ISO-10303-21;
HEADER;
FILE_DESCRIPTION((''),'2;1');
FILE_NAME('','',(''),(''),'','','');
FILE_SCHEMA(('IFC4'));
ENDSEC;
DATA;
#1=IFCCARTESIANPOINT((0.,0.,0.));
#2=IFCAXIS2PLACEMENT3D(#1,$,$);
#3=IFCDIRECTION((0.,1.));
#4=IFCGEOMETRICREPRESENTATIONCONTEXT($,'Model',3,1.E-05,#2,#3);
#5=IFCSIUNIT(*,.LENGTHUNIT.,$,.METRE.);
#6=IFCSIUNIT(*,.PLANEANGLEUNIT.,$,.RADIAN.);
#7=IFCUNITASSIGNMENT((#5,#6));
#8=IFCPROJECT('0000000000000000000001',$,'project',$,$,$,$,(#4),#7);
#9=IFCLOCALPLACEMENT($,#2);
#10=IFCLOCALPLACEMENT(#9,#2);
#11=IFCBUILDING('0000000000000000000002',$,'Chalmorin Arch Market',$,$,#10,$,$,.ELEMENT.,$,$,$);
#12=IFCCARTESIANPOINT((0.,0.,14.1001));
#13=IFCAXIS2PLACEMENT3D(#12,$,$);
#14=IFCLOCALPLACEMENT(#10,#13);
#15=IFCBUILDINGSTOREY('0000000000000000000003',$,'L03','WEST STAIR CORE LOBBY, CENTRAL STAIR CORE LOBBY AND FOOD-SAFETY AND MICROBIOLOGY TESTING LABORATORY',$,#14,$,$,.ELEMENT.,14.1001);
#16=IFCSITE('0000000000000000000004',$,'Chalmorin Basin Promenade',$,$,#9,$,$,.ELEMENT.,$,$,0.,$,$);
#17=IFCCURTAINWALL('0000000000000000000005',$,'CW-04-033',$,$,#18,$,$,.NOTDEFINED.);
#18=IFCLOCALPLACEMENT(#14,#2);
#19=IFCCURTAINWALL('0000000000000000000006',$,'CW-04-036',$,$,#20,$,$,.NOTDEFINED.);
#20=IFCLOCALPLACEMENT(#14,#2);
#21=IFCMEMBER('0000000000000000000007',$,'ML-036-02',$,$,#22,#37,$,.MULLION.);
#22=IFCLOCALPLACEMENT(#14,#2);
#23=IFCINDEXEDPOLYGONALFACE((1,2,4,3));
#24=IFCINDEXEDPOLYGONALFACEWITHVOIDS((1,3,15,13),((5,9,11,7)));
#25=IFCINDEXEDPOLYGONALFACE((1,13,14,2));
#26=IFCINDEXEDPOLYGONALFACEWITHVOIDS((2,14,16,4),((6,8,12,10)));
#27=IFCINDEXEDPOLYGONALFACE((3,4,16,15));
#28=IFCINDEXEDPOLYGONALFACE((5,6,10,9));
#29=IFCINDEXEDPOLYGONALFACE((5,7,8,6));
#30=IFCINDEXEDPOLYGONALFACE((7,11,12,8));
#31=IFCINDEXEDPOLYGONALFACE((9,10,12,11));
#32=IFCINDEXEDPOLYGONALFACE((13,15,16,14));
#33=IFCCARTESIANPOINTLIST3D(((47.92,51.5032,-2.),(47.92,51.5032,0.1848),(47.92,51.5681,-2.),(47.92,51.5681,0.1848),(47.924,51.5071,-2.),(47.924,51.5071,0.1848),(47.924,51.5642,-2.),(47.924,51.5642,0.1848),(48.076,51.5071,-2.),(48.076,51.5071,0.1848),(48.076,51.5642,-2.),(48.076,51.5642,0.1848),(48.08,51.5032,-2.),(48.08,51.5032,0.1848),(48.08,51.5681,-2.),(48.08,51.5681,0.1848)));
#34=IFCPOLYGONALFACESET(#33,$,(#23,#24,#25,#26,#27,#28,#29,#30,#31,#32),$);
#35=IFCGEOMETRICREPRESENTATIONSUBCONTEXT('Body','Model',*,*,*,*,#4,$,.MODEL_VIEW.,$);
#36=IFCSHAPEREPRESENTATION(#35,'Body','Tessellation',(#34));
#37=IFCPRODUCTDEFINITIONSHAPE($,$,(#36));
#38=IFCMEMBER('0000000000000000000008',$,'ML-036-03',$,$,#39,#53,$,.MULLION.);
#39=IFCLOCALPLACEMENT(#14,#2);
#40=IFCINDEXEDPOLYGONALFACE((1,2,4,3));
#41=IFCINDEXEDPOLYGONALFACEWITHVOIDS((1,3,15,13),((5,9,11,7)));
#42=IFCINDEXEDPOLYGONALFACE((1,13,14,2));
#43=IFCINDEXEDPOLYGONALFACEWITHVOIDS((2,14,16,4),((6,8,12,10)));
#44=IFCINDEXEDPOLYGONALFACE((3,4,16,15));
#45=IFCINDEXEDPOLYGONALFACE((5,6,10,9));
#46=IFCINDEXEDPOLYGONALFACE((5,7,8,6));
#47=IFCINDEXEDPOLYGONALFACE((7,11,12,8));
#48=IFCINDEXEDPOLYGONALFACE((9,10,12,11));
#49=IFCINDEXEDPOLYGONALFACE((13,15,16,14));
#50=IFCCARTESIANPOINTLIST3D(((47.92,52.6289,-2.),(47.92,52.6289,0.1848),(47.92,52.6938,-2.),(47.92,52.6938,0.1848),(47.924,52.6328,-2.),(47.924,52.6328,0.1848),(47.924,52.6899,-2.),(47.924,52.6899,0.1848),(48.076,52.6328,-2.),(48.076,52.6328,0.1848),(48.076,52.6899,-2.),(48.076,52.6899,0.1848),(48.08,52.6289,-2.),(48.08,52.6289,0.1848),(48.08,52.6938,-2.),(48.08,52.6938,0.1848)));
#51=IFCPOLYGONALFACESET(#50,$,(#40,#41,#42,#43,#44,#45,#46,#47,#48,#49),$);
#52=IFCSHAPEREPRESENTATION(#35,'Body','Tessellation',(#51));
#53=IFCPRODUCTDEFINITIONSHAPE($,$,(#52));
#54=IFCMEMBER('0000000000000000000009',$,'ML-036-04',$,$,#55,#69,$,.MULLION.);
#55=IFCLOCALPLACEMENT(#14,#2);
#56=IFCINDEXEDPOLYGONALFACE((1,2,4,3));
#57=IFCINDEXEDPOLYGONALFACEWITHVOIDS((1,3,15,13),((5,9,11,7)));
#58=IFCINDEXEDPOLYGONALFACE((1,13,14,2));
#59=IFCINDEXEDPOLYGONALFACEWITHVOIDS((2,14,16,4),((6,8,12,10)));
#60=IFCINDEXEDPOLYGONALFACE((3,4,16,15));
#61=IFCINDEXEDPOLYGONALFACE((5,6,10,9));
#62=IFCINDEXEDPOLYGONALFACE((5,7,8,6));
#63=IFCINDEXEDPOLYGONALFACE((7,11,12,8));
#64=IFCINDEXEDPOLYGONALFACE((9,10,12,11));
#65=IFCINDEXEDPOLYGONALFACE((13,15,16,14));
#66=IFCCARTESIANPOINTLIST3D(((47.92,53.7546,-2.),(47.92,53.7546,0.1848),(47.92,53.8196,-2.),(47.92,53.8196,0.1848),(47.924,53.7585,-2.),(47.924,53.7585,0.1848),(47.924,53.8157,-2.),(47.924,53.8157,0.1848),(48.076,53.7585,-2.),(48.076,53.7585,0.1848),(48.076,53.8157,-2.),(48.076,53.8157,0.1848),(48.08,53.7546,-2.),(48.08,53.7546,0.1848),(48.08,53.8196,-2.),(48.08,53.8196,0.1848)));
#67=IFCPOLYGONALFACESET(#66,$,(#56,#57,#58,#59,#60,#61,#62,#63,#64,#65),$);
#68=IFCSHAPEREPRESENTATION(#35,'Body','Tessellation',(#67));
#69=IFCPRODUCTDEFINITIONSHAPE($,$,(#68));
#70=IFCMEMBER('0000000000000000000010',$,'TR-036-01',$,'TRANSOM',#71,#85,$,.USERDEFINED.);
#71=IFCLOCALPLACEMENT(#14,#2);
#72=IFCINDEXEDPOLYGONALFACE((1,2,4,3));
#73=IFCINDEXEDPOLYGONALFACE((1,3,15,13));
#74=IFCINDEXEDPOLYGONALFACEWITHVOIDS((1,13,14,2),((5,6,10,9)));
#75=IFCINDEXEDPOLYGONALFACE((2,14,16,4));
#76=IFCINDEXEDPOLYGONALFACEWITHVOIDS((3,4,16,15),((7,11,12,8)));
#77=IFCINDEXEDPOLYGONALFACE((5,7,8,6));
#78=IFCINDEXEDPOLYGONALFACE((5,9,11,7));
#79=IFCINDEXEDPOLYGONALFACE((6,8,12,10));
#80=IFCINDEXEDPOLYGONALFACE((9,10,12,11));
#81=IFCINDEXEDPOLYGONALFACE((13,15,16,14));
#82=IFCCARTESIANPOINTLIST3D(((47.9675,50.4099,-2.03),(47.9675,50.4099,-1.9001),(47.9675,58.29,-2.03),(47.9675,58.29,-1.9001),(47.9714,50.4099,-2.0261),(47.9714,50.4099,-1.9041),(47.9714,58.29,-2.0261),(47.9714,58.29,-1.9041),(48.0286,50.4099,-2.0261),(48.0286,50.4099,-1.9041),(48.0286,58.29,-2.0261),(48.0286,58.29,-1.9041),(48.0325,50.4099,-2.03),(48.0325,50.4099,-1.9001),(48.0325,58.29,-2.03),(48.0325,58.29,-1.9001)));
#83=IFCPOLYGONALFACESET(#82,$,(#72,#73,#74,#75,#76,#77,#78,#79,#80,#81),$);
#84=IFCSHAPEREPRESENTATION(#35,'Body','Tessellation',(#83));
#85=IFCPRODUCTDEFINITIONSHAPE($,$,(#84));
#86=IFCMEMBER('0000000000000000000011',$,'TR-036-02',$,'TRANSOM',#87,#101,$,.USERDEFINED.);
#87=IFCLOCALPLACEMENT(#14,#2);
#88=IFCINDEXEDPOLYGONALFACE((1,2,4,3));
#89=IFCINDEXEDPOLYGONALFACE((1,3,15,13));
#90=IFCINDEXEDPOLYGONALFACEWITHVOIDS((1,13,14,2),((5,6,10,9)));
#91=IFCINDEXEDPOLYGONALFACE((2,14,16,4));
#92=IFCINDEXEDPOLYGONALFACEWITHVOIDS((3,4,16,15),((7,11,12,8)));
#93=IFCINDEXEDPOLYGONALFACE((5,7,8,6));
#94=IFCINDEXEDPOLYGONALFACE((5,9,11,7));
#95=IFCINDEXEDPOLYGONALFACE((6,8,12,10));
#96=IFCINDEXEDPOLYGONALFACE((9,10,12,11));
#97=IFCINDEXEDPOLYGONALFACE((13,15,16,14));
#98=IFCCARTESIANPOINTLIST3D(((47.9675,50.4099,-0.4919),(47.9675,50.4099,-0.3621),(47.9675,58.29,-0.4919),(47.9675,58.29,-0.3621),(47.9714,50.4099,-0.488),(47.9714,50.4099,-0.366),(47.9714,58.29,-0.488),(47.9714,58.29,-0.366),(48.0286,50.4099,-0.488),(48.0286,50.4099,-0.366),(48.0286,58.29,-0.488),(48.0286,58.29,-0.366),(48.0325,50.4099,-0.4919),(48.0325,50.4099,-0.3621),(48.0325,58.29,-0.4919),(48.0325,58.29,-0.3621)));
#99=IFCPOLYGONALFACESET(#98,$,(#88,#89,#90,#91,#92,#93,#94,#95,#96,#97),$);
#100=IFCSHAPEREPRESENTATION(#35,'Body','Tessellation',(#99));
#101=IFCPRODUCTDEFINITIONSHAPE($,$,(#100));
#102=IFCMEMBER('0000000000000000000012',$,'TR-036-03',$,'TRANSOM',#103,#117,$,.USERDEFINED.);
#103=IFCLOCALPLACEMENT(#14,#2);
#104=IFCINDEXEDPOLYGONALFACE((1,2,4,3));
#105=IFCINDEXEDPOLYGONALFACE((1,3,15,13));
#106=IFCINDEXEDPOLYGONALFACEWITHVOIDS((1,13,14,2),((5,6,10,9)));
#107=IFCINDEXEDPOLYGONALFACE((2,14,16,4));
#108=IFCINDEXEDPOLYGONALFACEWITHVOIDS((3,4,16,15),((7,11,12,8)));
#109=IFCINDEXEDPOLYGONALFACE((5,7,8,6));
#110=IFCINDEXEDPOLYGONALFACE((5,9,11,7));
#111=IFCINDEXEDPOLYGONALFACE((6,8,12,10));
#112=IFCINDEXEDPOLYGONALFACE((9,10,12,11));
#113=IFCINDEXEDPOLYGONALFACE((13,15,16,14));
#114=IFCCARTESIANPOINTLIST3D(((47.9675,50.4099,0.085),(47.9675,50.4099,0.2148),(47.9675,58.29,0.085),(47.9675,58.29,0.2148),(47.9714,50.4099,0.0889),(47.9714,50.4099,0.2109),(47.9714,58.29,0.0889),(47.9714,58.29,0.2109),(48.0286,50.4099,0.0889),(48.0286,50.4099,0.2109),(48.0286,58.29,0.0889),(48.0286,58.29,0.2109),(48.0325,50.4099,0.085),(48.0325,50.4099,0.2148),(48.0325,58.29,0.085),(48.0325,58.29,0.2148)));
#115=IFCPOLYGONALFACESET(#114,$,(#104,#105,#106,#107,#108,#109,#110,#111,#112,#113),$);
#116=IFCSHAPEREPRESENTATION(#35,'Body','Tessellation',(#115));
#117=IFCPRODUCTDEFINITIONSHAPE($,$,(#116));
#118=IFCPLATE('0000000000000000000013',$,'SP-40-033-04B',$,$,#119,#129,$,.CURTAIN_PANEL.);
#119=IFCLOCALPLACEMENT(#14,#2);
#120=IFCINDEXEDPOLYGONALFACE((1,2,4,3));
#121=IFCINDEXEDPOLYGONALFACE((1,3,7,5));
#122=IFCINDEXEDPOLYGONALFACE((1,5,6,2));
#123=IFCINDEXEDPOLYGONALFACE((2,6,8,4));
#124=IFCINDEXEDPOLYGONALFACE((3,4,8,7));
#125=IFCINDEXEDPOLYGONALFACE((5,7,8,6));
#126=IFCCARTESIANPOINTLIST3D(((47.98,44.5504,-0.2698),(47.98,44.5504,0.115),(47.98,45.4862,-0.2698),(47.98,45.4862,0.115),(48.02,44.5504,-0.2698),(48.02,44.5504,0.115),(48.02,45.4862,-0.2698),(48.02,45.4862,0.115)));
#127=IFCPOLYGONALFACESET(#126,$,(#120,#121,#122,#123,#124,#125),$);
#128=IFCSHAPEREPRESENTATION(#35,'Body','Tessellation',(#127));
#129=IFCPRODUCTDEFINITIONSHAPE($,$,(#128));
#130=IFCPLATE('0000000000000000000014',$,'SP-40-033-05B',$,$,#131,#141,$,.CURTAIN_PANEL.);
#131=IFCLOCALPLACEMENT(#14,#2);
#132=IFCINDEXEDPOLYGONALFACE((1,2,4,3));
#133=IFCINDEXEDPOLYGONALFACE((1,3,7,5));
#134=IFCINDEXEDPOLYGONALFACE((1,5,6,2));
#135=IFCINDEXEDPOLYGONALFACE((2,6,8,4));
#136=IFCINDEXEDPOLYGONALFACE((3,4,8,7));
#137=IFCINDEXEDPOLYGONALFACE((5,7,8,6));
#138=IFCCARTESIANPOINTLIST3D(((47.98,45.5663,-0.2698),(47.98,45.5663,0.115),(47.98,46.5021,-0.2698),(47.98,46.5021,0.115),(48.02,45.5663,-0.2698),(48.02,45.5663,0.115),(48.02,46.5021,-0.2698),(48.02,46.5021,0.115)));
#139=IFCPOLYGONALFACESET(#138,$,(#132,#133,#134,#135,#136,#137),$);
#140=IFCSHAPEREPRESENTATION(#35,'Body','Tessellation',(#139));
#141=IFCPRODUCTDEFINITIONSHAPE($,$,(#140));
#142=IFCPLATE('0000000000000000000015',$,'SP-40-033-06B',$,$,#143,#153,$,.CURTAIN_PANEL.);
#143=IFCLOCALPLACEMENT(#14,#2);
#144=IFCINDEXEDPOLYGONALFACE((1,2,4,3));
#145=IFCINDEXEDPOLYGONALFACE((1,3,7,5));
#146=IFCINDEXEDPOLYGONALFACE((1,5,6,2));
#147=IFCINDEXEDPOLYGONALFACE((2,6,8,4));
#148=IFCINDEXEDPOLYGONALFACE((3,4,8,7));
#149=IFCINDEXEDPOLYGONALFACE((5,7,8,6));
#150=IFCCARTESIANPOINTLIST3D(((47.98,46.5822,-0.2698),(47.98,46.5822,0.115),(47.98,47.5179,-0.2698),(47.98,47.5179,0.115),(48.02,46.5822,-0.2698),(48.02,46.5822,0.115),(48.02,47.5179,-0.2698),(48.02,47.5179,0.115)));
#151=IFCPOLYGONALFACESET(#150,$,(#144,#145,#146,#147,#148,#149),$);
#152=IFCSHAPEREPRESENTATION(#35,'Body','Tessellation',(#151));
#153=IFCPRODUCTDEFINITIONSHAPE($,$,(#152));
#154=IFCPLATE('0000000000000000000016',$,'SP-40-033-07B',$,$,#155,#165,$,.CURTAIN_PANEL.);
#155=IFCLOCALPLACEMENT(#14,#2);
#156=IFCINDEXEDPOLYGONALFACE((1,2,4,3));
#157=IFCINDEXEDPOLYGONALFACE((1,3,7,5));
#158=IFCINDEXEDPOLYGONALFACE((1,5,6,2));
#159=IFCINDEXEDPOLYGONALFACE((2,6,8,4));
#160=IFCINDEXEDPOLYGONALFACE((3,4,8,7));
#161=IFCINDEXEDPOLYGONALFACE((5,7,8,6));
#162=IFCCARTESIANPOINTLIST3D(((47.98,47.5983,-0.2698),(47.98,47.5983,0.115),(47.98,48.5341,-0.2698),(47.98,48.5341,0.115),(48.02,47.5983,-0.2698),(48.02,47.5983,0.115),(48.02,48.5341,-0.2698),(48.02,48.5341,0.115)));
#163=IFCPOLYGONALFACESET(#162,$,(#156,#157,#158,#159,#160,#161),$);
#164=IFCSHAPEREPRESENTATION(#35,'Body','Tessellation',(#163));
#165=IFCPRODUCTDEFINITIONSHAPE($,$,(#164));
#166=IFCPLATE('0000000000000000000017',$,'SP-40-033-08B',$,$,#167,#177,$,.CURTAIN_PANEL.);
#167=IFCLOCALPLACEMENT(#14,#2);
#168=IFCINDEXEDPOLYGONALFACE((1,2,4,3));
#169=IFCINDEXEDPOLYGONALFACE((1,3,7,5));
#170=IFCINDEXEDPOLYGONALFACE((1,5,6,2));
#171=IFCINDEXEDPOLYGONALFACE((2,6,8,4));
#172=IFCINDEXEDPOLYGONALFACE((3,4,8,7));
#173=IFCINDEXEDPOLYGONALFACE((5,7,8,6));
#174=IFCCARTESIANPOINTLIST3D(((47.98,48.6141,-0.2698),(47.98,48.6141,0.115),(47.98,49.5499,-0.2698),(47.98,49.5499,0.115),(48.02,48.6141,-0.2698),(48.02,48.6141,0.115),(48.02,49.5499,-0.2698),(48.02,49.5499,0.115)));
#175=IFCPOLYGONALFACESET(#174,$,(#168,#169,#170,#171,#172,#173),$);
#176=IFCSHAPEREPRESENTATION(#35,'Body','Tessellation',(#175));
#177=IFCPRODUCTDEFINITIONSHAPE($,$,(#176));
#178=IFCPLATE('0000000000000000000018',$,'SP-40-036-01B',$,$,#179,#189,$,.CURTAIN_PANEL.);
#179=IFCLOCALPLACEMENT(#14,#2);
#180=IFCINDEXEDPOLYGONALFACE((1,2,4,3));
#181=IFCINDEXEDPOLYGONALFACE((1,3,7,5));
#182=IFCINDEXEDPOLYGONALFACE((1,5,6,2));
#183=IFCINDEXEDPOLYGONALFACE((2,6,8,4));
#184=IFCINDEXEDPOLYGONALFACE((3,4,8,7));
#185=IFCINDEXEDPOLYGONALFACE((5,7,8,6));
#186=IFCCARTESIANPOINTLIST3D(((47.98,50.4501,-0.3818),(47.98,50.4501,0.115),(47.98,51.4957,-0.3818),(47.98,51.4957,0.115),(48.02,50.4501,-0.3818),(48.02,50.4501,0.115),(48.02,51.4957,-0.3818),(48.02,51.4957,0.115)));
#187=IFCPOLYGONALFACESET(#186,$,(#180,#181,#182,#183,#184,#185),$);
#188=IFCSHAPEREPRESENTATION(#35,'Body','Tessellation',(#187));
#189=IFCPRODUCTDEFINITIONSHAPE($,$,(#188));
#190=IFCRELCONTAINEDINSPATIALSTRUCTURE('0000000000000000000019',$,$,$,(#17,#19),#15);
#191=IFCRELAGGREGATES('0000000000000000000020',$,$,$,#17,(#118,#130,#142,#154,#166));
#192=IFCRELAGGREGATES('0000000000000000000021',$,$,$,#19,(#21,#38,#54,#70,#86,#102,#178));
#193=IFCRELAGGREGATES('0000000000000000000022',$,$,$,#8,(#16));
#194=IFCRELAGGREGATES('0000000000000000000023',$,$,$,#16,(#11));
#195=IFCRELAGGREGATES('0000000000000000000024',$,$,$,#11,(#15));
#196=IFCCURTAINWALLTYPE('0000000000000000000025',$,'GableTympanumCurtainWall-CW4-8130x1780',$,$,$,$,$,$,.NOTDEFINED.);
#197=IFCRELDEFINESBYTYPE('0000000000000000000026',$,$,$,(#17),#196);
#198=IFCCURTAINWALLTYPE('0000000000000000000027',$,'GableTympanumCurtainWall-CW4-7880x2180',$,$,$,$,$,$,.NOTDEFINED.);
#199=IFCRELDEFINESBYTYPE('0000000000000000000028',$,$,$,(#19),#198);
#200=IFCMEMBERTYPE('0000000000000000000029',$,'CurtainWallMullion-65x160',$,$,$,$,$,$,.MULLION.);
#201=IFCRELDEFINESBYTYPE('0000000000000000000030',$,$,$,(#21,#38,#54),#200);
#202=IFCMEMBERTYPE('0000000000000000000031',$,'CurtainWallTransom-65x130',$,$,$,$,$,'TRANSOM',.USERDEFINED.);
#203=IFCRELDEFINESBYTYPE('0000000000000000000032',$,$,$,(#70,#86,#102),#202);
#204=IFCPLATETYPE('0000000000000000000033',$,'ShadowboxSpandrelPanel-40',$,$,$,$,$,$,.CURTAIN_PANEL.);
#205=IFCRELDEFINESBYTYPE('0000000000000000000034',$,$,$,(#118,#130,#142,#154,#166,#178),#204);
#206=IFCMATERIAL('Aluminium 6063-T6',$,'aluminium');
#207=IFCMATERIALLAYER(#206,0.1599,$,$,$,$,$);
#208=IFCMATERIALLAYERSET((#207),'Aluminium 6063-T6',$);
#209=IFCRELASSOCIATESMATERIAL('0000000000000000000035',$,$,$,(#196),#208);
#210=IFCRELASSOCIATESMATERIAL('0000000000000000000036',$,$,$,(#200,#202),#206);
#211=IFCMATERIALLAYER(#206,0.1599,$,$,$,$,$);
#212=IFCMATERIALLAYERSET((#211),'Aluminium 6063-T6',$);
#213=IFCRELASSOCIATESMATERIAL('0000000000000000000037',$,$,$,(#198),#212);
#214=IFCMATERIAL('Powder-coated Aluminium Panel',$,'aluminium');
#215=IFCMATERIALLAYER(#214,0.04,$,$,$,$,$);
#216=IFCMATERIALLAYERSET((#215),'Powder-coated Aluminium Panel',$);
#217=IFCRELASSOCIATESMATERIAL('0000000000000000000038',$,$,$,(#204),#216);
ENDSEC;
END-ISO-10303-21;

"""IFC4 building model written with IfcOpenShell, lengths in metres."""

from ifc_helpers import new_model, si_unit, direction, frame, origin, origin_2d, place, context, subcontext, project, spatial, rectangle, hollow_rectangle, extrude, material, layer, layer_set, material_profile, profile_set, type_object, element, aggregate, save


model = new_model("IFC4")

# Units and contexts
model_context = context("Model", 3, precision=1e-05, world=origin(), true_north=direction((0.0, 1.0)))
body_context = subcontext(model_context, "Body", "Model", "MODEL_VIEW")
ifc_project = project(units=[si_unit("LENGTHUNIT", "METRE"), si_unit("PLANEANGLEUNIT", "RADIAN")], contexts=[model_context])

# Site, building, storey
site_placement = place(None, origin())
site = spatial("IfcSite", under=ifc_project, at=site_placement, Name="Chalmorin Basin Promenade", CompositionType="ELEMENT", RefElevation=0.0)
building_placement = place(site_placement, origin())
building = spatial("IfcBuilding", under=site, at=building_placement, Name="Chalmorin Arch Market", CompositionType="ELEMENT")
storey_placement = place(building_placement, frame((0.0, 0.0, 14.1001)))
storey = spatial("IfcBuildingStorey", under=building, at=storey_placement, Name="L03", Description="WEST STAIR CORE LOBBY, CENTRAL STAIR CORE LOBBY AND FOOD-SAFETY AND MICROBIOLOGY TESTING LABORATORY", CompositionType="ELEMENT", Elevation=14.1001)

# Curtain walls, members
ifc_material_1 = material(Name="Aluminium 6063-T6", Category="aluminium")
ifc_layer_1 = layer(ifc_material_1, 0.1599)
ifc_layer_set_1 = layer_set([ifc_layer_1], Name="Aluminium 6063-T6")
curtain_wall_type_1 = type_object("IfcCurtainWallType", Name="GableTympanumCurtainWall-CW4-8130x1780", PredefinedType="NOTDEFINED", material=ifc_layer_set_1)
curtain_wall_1_placement = place(storey_placement, origin())
curtain_wall_1 = element("IfcCurtainWall", 1, at=curtain_wall_1_placement, inside=storey, type_object=curtain_wall_type_1, Name="CW-04-033", PredefinedType="NOTDEFINED")
ifc_material_profile_1 = material_profile(ifc_material_1, hollow_rectangle(XDim=0.0649, YDim=0.1599, WallThickness=0.0039, at=origin_2d()), Name="ALU65X160X4")
ifc_profile_set_1 = profile_set([ifc_material_profile_1], Name="Aluminium 6063-T6")
member_type_1 = type_object("IfcMemberType", Name="CurtainWallMullion-65x160", PredefinedType="MULLION", material=ifc_profile_set_1)
ifc_layer_2 = layer(ifc_material_1, 0.1599)
ifc_layer_set_2 = layer_set([ifc_layer_2], Name="Aluminium 6063-T6")
curtain_wall_type_2 = type_object("IfcCurtainWallType", Name="GableTympanumCurtainWall-CW4-7880x2180", PredefinedType="NOTDEFINED", material=ifc_layer_set_2)
curtain_wall_2_placement = place(storey_placement, origin())
curtain_wall_2 = element("IfcCurtainWall", 2, at=curtain_wall_2_placement, inside=storey, type_object=curtain_wall_type_2, Name="CW-04-036", PredefinedType="NOTDEFINED")
member_1_placement = place(storey_placement, frame((48.0, 51.5356, -2.0), z_axis=(0.0, 0.0, 1.0), x_axis=(0.0, 1.0, 0.0)))
member_1 = element("IfcMember", 3, at=member_1_placement, type_object=member_type_1, Name="ML-036-02", PredefinedType="MULLION", context=body_context, shape_type="SweptSolid", body=[
    extrude(hollow_rectangle(XDim=0.0649, YDim=0.1599, WallThickness=0.0039, at=origin_2d()), origin(), (0.0, 0.0, 1.0), 2.1848),
])
member_2_placement = place(storey_placement, frame((48.0, 52.6614, -2.0), z_axis=(0.0, 0.0, 1.0), x_axis=(0.0, 1.0, 0.0)))
member_2 = element("IfcMember", 4, at=member_2_placement, type_object=member_type_1, Name="ML-036-03", PredefinedType="MULLION", context=body_context, shape_type="SweptSolid", body=[
    extrude(hollow_rectangle(XDim=0.0649, YDim=0.1599, WallThickness=0.0039, at=origin_2d()), origin(), (0.0, 0.0, 1.0), 2.1848),
])
member_3_placement = place(storey_placement, frame((48.0, 53.7871, -2.0), z_axis=(0.0, 0.0, 1.0), x_axis=(0.0, 1.0, 0.0)))
member_3 = element("IfcMember", 5, at=member_3_placement, type_object=member_type_1, Name="ML-036-04", PredefinedType="MULLION", context=body_context, shape_type="SweptSolid", body=[
    extrude(hollow_rectangle(XDim=0.0649, YDim=0.1599, WallThickness=0.0039, at=origin_2d()), origin(), (0.0, 0.0, 1.0), 2.1848),
])
ifc_material_profile_2 = material_profile(ifc_material_1, hollow_rectangle(XDim=0.0649, YDim=0.1299, WallThickness=0.0039, at=origin_2d()), Name="ALU65X130X4")
ifc_profile_set_2 = profile_set([ifc_material_profile_2], Name="Aluminium 6063-T6")
member_type_2 = type_object("IfcMemberType", Name="CurtainWallTransom-65x130", ElementType="TRANSOM", PredefinedType="USERDEFINED", material=ifc_profile_set_2)
member_4_placement = place(storey_placement, frame((48.0, 50.4099, -1.9651), z_axis=(0.0, 1.0, 0.0), x_axis=(-1.0, 0.0, 0.0)))
member_4 = element("IfcMember", 6, at=member_4_placement, type_object=member_type_2, Name="TR-036-01", ObjectType="TRANSOM", PredefinedType="USERDEFINED", context=body_context, shape_type="SweptSolid", body=[
    extrude(hollow_rectangle(XDim=0.0649, YDim=0.1299, WallThickness=0.0039, at=origin_2d()), origin(), (0.0, 0.0, 1.0), 7.8801),
])
member_5_placement = place(storey_placement, frame((48.0, 50.4099, -0.427), z_axis=(0.0, 1.0, 0.0), x_axis=(-1.0, 0.0, 0.0)))
member_5 = element("IfcMember", 7, at=member_5_placement, type_object=member_type_2, Name="TR-036-02", ObjectType="TRANSOM", PredefinedType="USERDEFINED", context=body_context, shape_type="SweptSolid", body=[
    extrude(hollow_rectangle(XDim=0.0649, YDim=0.1299, WallThickness=0.0039, at=origin_2d()), origin(), (0.0, 0.0, 1.0), 7.8801),
])
member_6_placement = place(storey_placement, frame((48.0, 50.4099, 0.1499), z_axis=(0.0, 1.0, 0.0), x_axis=(-1.0, 0.0, 0.0)))
member_6 = element("IfcMember", 8, at=member_6_placement, type_object=member_type_2, Name="TR-036-03", ObjectType="TRANSOM", PredefinedType="USERDEFINED", context=body_context, shape_type="SweptSolid", body=[
    extrude(hollow_rectangle(XDim=0.0649, YDim=0.1299, WallThickness=0.0039, at=origin_2d()), origin(), (0.0, 0.0, 1.0), 7.8801),
])

# Plates
ifc_material_2 = material(Name="Powder-coated Aluminium Panel", Category="aluminium")
ifc_layer_3 = layer(ifc_material_2, 0.04)
ifc_layer_set_3 = layer_set([ifc_layer_3], Name="Powder-coated Aluminium Panel")
plate_type_1 = type_object("IfcPlateType", Name="ShadowboxSpandrelPanel-40", PredefinedType="CURTAIN_PANEL", material=ifc_layer_set_3)
plate_1_placement = place(storey_placement, frame((48.0, 45.0183, -0.2698), z_axis=(0.0, 0.0, 1.0), x_axis=(0.0, 1.0, 0.0)))
plate_1 = element("IfcPlate", 9, at=plate_1_placement, type_object=plate_type_1, Name="SP-40-033-04B", PredefinedType="CURTAIN_PANEL", context=body_context, shape_type="SweptSolid", body=[
    extrude(rectangle(XDim=0.9358, YDim=0.04, at=origin_2d()), origin(), (0.0, 0.0, 1.0), 0.3848),
])
plate_2_placement = place(storey_placement, frame((48.0, 46.0342, -0.2698), z_axis=(0.0, 0.0, 1.0), x_axis=(0.0, 1.0, 0.0)))
plate_2 = element("IfcPlate", 10, at=plate_2_placement, type_object=plate_type_1, Name="SP-40-033-05B", PredefinedType="CURTAIN_PANEL", context=body_context, shape_type="SweptSolid", body=[
    extrude(rectangle(XDim=0.9358, YDim=0.04, at=origin_2d()), origin(), (0.0, 0.0, 1.0), 0.3848),
])
plate_3_placement = place(storey_placement, frame((48.0, 47.05, -0.2698), z_axis=(0.0, 0.0, 1.0), x_axis=(0.0, 1.0, 0.0)))
plate_3 = element("IfcPlate", 11, at=plate_3_placement, type_object=plate_type_1, Name="SP-40-033-06B", PredefinedType="CURTAIN_PANEL", context=body_context, shape_type="SweptSolid", body=[
    extrude(rectangle(XDim=0.9358, YDim=0.04, at=origin_2d()), origin(), (0.0, 0.0, 1.0), 0.3848),
])
plate_4_placement = place(storey_placement, frame((48.0, 48.0662, -0.2698), z_axis=(0.0, 0.0, 1.0), x_axis=(0.0, 1.0, 0.0)))
plate_4 = element("IfcPlate", 12, at=plate_4_placement, type_object=plate_type_1, Name="SP-40-033-07B", PredefinedType="CURTAIN_PANEL", context=body_context, shape_type="SweptSolid", body=[
    extrude(rectangle(XDim=0.9358, YDim=0.04, at=origin_2d()), origin(), (0.0, 0.0, 1.0), 0.3848),
])
plate_5_placement = place(storey_placement, frame((48.0, 49.082, -0.2698), z_axis=(0.0, 0.0, 1.0), x_axis=(0.0, 1.0, 0.0)))
plate_5 = element("IfcPlate", 13, at=plate_5_placement, type_object=plate_type_1, Name="SP-40-033-08B", PredefinedType="CURTAIN_PANEL", context=body_context, shape_type="SweptSolid", body=[
    extrude(rectangle(XDim=0.9358, YDim=0.04, at=origin_2d()), origin(), (0.0, 0.0, 1.0), 0.3848),
])
plate_6_placement = place(storey_placement, frame((48.0, 50.9729, -0.3818), z_axis=(0.0, 0.0, 1.0), x_axis=(0.0, 1.0, 0.0)))
plate_6 = element("IfcPlate", 14, at=plate_6_placement, type_object=plate_type_1, Name="SP-40-036-01B", PredefinedType="CURTAIN_PANEL", context=body_context, shape_type="SweptSolid", body=[
    extrude(rectangle(XDim=1.0457, YDim=0.04, at=origin_2d()), origin(), (0.0, 0.0, 1.0), 0.4968),
])
aggregate(curtain_wall_1, [plate_1, plate_2, plate_3, plate_4, plate_5])
aggregate(curtain_wall_2, [member_1, member_2, member_3, member_4, member_5, member_6, plate_6])

save(model, "model.ifc")
